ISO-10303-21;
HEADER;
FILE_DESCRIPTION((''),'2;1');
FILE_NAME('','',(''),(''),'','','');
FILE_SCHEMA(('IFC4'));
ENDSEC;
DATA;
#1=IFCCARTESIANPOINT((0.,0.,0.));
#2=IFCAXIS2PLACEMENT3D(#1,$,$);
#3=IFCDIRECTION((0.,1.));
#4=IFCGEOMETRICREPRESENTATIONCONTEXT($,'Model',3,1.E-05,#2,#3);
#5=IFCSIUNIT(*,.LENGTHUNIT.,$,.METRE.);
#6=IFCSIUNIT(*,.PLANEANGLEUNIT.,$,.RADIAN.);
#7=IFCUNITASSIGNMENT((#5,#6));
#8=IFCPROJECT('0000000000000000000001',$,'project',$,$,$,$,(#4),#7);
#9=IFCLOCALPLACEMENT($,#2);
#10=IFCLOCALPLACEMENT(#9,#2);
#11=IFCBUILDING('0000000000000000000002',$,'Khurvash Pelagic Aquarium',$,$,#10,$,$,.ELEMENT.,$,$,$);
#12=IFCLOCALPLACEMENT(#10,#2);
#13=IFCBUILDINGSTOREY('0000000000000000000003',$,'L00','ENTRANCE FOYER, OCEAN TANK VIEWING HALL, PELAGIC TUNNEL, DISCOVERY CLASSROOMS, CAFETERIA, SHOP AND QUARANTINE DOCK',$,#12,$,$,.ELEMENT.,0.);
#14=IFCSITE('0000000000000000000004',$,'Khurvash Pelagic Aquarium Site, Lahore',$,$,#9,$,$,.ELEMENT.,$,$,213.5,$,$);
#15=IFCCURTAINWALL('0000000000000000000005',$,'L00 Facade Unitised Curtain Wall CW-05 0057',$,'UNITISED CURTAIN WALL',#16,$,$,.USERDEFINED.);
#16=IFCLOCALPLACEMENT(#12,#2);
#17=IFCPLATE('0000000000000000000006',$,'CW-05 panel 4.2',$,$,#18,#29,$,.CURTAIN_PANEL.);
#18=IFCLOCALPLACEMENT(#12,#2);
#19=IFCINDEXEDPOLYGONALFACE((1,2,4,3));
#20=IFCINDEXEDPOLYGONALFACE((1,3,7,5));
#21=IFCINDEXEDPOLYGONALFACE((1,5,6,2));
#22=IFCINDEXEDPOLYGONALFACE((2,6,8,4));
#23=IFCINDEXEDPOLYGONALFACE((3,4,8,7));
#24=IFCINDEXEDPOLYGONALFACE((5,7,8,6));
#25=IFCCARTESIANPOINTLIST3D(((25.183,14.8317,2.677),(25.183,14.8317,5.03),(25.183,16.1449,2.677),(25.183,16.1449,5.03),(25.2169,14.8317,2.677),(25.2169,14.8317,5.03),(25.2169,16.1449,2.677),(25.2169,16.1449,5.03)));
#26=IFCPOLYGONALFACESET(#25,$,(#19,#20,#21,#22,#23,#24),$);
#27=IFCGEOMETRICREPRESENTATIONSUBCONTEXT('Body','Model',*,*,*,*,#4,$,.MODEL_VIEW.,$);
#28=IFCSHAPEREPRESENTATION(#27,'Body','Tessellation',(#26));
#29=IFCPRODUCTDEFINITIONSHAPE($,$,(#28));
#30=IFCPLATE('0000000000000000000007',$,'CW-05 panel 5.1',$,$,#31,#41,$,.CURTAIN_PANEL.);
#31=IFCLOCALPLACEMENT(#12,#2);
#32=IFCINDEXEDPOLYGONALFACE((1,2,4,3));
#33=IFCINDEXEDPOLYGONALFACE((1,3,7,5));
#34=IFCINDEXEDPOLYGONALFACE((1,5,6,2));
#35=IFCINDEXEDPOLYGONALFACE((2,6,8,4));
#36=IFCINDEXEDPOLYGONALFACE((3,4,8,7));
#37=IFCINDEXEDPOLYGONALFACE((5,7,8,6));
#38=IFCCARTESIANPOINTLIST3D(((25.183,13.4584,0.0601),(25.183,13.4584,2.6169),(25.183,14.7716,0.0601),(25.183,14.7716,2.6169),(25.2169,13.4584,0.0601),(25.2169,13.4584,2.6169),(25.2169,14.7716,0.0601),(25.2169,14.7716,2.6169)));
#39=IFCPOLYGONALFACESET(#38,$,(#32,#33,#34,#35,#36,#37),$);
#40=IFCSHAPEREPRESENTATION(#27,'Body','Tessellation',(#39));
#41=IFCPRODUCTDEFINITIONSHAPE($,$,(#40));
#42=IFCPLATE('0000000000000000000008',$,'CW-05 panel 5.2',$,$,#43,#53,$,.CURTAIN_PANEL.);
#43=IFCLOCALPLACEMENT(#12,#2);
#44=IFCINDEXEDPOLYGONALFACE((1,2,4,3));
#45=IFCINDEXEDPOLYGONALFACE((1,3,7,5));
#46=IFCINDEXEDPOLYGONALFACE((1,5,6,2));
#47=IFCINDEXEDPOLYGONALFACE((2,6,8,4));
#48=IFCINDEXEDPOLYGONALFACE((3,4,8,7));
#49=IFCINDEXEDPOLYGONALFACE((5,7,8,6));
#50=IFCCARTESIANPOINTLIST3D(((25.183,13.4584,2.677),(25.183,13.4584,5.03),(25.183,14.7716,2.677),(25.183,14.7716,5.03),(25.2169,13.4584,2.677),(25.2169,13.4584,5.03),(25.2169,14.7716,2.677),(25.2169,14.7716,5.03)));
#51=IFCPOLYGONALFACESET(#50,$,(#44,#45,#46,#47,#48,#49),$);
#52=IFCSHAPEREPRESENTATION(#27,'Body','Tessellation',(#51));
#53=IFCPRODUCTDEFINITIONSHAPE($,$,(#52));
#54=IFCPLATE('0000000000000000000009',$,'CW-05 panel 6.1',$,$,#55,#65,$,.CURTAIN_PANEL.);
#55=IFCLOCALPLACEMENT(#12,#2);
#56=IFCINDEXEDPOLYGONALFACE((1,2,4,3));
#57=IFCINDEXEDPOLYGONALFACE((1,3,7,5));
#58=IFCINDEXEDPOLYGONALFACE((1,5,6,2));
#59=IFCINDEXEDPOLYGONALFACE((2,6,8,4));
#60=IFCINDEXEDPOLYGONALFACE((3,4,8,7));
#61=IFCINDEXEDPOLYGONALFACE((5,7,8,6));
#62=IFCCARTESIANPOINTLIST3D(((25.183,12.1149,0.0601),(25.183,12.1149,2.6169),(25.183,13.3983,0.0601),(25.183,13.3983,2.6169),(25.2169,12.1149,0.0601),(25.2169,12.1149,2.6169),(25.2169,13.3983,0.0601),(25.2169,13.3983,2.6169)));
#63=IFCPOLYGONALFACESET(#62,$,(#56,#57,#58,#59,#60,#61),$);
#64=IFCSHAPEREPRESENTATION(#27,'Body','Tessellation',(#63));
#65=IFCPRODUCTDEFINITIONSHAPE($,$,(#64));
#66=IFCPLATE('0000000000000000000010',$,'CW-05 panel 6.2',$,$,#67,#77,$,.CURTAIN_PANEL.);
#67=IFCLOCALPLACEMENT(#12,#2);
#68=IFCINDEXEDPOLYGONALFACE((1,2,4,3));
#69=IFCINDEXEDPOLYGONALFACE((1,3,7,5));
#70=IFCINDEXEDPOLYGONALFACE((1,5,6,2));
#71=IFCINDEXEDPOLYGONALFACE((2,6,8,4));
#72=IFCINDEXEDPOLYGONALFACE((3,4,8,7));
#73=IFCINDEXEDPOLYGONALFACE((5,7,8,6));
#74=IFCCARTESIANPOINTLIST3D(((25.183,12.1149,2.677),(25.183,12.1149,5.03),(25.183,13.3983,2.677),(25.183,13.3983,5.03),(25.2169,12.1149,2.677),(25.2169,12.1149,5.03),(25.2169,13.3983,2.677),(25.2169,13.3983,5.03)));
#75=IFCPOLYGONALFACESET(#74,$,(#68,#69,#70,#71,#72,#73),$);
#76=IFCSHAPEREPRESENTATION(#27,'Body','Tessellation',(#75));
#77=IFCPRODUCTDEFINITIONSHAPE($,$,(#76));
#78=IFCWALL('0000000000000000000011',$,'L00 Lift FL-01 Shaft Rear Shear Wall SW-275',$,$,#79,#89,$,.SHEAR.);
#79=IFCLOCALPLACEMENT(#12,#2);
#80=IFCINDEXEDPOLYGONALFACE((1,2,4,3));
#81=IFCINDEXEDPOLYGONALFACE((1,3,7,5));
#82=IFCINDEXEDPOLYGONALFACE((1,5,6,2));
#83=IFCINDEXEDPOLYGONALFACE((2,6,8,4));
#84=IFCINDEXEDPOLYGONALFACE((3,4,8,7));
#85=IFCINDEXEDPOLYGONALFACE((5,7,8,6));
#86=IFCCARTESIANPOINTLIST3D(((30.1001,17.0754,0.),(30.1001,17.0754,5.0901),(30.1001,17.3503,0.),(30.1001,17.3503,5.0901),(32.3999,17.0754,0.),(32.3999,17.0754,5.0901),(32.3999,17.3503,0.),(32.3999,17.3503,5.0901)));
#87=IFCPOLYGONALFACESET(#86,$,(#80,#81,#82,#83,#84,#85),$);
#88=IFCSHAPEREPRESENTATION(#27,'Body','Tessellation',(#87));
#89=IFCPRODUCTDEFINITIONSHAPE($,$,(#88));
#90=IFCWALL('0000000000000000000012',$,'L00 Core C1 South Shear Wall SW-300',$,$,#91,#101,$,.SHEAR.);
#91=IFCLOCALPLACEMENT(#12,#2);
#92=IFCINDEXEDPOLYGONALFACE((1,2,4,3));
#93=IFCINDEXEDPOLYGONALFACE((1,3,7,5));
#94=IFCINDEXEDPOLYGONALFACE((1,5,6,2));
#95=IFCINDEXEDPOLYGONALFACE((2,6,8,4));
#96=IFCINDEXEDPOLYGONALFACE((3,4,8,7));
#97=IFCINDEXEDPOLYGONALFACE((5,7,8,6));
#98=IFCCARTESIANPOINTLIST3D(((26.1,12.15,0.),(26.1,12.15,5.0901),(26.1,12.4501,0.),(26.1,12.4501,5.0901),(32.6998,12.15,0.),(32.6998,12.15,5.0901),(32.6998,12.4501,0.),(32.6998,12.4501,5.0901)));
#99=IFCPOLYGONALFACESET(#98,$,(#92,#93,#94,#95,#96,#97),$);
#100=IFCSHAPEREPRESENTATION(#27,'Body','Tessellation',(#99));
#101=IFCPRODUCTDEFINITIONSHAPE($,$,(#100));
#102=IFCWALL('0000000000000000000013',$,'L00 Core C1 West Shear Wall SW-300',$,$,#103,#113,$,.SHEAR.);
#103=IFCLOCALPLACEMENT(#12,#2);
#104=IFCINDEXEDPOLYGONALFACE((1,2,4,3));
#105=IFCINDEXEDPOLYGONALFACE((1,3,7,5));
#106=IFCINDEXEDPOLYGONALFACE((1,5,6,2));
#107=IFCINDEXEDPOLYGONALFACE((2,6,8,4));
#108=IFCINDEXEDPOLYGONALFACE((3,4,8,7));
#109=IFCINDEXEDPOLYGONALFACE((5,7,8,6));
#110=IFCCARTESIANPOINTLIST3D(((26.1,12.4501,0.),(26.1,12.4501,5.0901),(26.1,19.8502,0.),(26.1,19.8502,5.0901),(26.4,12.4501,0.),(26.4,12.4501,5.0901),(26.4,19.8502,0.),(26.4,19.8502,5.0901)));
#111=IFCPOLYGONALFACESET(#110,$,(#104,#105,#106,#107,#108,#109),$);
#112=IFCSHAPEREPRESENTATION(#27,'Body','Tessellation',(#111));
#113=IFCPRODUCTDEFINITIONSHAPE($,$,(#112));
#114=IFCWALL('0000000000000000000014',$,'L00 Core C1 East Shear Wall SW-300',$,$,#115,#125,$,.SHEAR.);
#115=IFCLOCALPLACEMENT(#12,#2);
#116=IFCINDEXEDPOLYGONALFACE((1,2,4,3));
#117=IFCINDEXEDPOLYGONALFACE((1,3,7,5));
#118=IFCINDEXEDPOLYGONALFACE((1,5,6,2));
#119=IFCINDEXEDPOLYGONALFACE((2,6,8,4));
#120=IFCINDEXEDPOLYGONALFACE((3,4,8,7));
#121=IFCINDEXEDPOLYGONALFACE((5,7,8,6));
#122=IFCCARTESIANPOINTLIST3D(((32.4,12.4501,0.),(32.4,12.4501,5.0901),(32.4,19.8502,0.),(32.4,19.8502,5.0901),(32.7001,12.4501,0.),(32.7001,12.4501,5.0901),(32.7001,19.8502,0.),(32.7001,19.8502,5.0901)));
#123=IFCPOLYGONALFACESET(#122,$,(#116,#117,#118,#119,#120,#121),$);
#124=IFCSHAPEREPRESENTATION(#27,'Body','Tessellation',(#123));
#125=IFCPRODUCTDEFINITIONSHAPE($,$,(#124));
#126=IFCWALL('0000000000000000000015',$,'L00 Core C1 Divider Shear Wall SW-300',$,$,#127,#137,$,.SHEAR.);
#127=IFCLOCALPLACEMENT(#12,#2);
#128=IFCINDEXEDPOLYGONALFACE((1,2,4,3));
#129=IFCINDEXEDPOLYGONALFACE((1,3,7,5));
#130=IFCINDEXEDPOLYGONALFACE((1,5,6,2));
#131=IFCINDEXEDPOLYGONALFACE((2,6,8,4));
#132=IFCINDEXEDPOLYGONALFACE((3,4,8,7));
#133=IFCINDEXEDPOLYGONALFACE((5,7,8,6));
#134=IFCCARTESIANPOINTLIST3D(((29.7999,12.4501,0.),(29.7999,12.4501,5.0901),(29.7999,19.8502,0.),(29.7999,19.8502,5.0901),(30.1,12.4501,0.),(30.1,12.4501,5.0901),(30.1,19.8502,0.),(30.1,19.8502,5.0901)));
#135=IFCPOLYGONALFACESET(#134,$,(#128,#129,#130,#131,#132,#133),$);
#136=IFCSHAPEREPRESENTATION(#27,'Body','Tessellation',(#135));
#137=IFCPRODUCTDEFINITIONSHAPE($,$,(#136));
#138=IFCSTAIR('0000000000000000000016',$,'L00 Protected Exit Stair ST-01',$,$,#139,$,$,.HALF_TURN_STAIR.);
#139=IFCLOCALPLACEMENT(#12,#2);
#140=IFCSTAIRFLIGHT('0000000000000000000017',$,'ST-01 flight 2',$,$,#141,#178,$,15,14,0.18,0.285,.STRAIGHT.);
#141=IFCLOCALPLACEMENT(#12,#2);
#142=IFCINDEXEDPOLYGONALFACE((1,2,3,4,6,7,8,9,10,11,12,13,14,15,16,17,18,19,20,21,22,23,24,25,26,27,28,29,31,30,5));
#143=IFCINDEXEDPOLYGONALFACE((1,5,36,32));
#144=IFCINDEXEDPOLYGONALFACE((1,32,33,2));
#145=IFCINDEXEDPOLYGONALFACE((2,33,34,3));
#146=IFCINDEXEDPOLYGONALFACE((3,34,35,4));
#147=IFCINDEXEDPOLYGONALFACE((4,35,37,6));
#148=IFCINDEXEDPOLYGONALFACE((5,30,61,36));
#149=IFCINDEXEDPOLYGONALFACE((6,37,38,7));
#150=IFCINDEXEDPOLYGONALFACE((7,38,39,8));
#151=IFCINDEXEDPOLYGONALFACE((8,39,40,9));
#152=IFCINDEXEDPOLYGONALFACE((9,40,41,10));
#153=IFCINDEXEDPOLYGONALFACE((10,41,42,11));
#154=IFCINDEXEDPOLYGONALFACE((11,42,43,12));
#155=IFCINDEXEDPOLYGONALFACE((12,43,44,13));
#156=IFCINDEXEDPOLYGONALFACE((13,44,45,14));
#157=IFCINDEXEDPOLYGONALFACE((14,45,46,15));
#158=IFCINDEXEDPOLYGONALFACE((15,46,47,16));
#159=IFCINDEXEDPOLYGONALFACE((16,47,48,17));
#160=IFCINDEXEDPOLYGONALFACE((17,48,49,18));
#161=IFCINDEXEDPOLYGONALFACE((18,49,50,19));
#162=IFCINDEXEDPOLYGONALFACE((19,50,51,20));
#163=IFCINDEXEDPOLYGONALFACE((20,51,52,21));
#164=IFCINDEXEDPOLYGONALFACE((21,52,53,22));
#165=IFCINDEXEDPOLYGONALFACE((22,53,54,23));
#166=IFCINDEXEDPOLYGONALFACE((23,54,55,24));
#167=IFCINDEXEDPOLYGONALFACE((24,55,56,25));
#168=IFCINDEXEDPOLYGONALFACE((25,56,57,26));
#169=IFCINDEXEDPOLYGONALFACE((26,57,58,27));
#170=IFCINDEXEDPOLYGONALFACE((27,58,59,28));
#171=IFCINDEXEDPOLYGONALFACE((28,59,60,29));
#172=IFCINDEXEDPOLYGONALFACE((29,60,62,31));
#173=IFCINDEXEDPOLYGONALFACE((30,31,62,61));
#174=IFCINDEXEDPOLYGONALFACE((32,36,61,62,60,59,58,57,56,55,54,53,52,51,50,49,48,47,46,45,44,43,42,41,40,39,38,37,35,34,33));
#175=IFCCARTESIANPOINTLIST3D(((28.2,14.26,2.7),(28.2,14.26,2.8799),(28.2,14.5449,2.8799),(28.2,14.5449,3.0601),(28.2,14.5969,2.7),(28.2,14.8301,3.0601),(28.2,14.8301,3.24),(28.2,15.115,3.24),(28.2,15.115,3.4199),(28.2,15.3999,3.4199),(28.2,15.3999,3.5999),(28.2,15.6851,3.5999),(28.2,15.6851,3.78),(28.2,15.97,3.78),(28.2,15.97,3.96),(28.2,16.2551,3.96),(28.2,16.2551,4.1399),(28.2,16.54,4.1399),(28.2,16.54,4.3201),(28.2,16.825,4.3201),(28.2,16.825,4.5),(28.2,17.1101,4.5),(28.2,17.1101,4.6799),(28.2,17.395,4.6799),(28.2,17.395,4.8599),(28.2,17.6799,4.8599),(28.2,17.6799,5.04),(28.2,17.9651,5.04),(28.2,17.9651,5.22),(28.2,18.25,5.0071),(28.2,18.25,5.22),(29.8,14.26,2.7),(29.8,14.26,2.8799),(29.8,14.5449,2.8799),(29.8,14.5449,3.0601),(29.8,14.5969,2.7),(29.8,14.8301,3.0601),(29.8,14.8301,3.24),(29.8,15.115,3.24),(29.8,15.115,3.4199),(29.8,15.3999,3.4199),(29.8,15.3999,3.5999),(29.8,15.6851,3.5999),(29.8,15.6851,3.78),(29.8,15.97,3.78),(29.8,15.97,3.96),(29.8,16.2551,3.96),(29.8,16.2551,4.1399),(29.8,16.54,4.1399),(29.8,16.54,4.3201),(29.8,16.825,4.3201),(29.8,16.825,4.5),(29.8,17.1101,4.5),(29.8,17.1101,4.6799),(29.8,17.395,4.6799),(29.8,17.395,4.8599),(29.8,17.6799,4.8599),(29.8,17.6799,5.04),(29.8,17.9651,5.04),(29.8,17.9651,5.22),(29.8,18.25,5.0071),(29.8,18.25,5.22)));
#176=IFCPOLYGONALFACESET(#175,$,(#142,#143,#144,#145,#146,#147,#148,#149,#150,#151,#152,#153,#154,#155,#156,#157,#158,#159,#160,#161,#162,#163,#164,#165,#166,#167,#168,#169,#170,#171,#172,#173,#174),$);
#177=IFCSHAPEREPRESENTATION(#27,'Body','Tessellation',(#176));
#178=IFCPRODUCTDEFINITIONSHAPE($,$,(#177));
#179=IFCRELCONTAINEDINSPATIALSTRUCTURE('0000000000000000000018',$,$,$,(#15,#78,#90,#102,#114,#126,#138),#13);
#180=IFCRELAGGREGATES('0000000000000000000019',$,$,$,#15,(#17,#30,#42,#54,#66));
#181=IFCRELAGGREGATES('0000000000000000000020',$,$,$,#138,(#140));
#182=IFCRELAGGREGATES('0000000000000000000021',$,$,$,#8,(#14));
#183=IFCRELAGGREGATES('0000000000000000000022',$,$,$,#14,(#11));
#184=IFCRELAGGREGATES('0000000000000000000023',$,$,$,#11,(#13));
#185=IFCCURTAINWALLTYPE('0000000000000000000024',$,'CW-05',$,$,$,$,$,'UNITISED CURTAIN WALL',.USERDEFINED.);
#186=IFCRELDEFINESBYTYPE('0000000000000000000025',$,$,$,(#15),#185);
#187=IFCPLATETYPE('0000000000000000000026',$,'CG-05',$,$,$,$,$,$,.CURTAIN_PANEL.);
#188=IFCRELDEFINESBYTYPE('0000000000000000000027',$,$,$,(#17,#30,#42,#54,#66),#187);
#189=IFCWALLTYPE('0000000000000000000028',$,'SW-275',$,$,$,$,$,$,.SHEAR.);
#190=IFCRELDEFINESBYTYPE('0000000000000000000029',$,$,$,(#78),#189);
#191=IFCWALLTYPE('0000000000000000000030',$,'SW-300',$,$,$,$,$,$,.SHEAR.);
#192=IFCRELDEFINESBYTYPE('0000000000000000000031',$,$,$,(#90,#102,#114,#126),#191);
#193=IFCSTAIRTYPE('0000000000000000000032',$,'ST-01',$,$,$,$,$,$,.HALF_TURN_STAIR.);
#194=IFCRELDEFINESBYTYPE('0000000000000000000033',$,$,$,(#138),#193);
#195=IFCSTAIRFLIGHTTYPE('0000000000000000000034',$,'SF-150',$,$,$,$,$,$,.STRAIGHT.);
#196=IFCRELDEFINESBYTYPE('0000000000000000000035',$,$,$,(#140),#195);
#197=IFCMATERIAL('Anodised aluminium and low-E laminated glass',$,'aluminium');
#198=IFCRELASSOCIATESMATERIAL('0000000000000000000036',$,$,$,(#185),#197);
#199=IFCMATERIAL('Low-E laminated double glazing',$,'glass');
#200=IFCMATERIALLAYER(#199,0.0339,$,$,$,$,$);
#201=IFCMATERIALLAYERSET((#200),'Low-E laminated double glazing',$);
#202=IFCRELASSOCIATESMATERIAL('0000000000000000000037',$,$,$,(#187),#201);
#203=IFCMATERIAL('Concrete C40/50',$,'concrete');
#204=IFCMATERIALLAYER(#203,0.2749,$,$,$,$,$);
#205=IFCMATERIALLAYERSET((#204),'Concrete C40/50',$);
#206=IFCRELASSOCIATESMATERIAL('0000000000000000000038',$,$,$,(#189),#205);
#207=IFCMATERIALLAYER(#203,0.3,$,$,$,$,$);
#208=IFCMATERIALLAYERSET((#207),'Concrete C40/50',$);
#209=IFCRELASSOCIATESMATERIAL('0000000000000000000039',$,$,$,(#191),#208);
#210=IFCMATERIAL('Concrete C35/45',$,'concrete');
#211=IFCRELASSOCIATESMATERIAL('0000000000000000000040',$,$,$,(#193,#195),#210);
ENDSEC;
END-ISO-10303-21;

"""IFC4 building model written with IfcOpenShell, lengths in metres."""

from ifc_helpers import new_model, si_unit, direction, frame, frame_2d, origin, origin_2d, place, context, subcontext, project, spatial, polyline, rectangle, outline, extrude, material, layer, layer_set, type_object, element, aggregate, save


model = new_model("IFC4")

# Units and contexts
model_context = context("Model", 3, precision=1e-05, world=origin(), true_north=direction((0.0, 1.0)))
body_context = subcontext(model_context, "Body", "Model", "MODEL_VIEW")
ifc_project = project(units=[si_unit("LENGTHUNIT", "METRE"), si_unit("PLANEANGLEUNIT", "RADIAN")], contexts=[model_context])

# Site, building, storey
site_placement = place(None, origin())
site = spatial("IfcSite", under=ifc_project, at=site_placement, Name="Khurvash Pelagic Aquarium Site, Lahore", CompositionType="ELEMENT", RefElevation=213.5)
building_placement = place(site_placement, origin())
building = spatial("IfcBuilding", under=site, at=building_placement, Name="Khurvash Pelagic Aquarium", CompositionType="ELEMENT")
storey_placement = place(building_placement, origin())
storey = spatial("IfcBuildingStorey", under=building, at=storey_placement, Name="L00", Description="ENTRANCE FOYER, OCEAN TANK VIEWING HALL, PELAGIC TUNNEL, DISCOVERY CLASSROOMS, CAFETERIA, SHOP AND QUARANTINE DOCK", CompositionType="ELEMENT", Elevation=0.0)

# Shared definitions
ifc_material_1 = material(Name="Concrete C35/45", Category="concrete")

# Curtain wall, plates
ifc_material_2 = material(Name="Anodised aluminium and low-E laminated glass", Category="aluminium")
curtain_wall_type = type_object("IfcCurtainWallType", Name="CW-05", ElementType="UNITISED CURTAIN WALL", PredefinedType="USERDEFINED", material=ifc_material_2)
curtain_wall_placement = place(storey_placement, origin())
curtain_wall = element("IfcCurtainWall", 1, at=curtain_wall_placement, inside=storey, type_object=curtain_wall_type, Name="L00 Facade Unitised Curtain Wall CW-05 0057", ObjectType="UNITISED CURTAIN WALL", PredefinedType="USERDEFINED")
ifc_material_3 = material(Name="Low-E laminated double glazing", Category="glass")
ifc_layer_1 = layer(ifc_material_3, 0.0339)
ifc_layer_set_1 = layer_set([ifc_layer_1], Name="Low-E laminated double glazing")
plate_type = type_object("IfcPlateType", Name="CG-05", PredefinedType="CURTAIN_PANEL", material=ifc_layer_set_1)
plate_1_placement = place(storey_placement, frame((25.2, 15.4883, 2.677), z_axis=(0.0, 0.0, 1.0), x_axis=(0.0, -1.0, 0.0)))
plate_1 = element("IfcPlate", 2, at=plate_1_placement, type_object=plate_type, Name="CW-05 panel 4.2", PredefinedType="CURTAIN_PANEL", context=body_context, shape_type="SweptSolid", body=[
    extrude(rectangle(XDim=1.3132, YDim=0.0339, at=origin_2d()), origin(), (0.0, 0.0, 1.0), 2.353),
])
plate_2_placement = place(storey_placement, frame((25.2, 14.115, 0.0601), z_axis=(0.0, 0.0, 1.0), x_axis=(0.0, -1.0, 0.0)))
plate_2 = element("IfcPlate", 3, at=plate_2_placement, type_object=plate_type, Name="CW-05 panel 5.1", PredefinedType="CURTAIN_PANEL", context=body_context, shape_type="SweptSolid", body=[
    extrude(rectangle(XDim=1.3132, YDim=0.0339, at=origin_2d()), origin(), (0.0, 0.0, 1.0), 2.5569),
])
plate_3_placement = place(storey_placement, frame((25.2, 14.115, 2.677), z_axis=(0.0, 0.0, 1.0), x_axis=(0.0, -1.0, 0.0)))
plate_3 = element("IfcPlate", 4, at=plate_3_placement, type_object=plate_type, Name="CW-05 panel 5.2", PredefinedType="CURTAIN_PANEL", context=body_context, shape_type="SweptSolid", body=[
    extrude(rectangle(XDim=1.3132, YDim=0.0339, at=origin_2d()), origin(), (0.0, 0.0, 1.0), 2.353),
])
plate_4_placement = place(storey_placement, frame((25.2, 12.7566, 0.0601), z_axis=(0.0, 0.0, 1.0), x_axis=(0.0, -1.0, 0.0)))
plate_4 = element("IfcPlate", 5, at=plate_4_placement, type_object=plate_type, Name="CW-05 panel 6.1", PredefinedType="CURTAIN_PANEL", context=body_context, shape_type="SweptSolid", body=[
    extrude(rectangle(XDim=1.2834, YDim=0.0339, at=origin_2d()), origin(), (0.0, 0.0, 1.0), 2.5569),
])
plate_5_placement = place(storey_placement, frame((25.2, 12.7566, 2.677), z_axis=(0.0, 0.0, 1.0), x_axis=(0.0, -1.0, 0.0)))
plate_5 = element("IfcPlate", 6, at=plate_5_placement, type_object=plate_type, Name="CW-05 panel 6.2", PredefinedType="CURTAIN_PANEL", context=body_context, shape_type="SweptSolid", body=[
    extrude(rectangle(XDim=1.2834, YDim=0.0339, at=origin_2d()), origin(), (0.0, 0.0, 1.0), 2.353),
])
aggregate(curtain_wall, [plate_1, plate_2, plate_3, plate_4, plate_5])

# Walls
ifc_material_4 = material(Name="Concrete C40/50", Category="concrete")
ifc_layer_2 = layer(ifc_material_4, 0.2749)
ifc_layer_set_2 = layer_set([ifc_layer_2], Name="Concrete C40/50")
wall_type_1 = type_object("IfcWallType", Name="SW-275", PredefinedType="SHEAR", material=ifc_layer_set_2)
wall_1_placement = place(storey_placement, frame((30.1001, 17.2129, 0.0), z_axis=(0.0, 0.0, 1.0), x_axis=(1.0, 0.0, 0.0)))
element("IfcWall", 7, at=wall_1_placement, inside=storey, type_object=wall_type_1, Name="L00 Lift FL-01 Shaft Rear Shear Wall SW-275", PredefinedType="SHEAR", context=body_context, shape_type="SweptSolid", body=[
    extrude(rectangle(XDim=2.2998, YDim=0.2749, at=frame_2d((1.1499, 0.0))), origin(), (0.0, 0.0, 1.0), 5.0901),
])
ifc_layer_3 = layer(ifc_material_4, 0.3)
ifc_layer_set_3 = layer_set([ifc_layer_3], Name="Concrete C40/50")
wall_type_2 = type_object("IfcWallType", Name="SW-300", PredefinedType="SHEAR", material=ifc_layer_set_3)
wall_2_placement = place(storey_placement, frame((26.1001, 12.3, 0.0), z_axis=(0.0, 0.0, 1.0), x_axis=(1.0, 0.0, 0.0)))
element("IfcWall", 8, at=wall_2_placement, inside=storey, type_object=wall_type_2, Name="L00 Core C1 South Shear Wall SW-300", PredefinedType="SHEAR", context=body_context, shape_type="SweptSolid", body=[
    extrude(rectangle(XDim=6.5999, YDim=0.3, at=frame_2d((3.2998, 0.0))), origin(), (0.0, 0.0, 1.0), 5.0901),
])
for number, where, z_axis, x_axis, name in (
    (9, (26.25, 12.45, 0.0), (0.0, 0.0, 1.0), (0.0, 1.0, 0.0), "L00 Core C1 West Shear Wall SW-300"),
    (10, (32.55, 12.45, 0.0), (0.0, 0.0, 1.0), (0.0, 1.0, 0.0), "L00 Core C1 East Shear Wall SW-300"),
    (11, (29.95, 12.45, 0.0), (0.0, 0.0, 1.0), (0.0, 1.0, 0.0), "L00 Core C1 Divider Shear Wall SW-300"),
):
    element("IfcWall", number, at=place(storey_placement, frame(where, z_axis=z_axis, x_axis=x_axis)), inside=storey, type_object=wall_type_2, Name=name, PredefinedType="SHEAR", context=body_context, shape_type="SweptSolid", body=[
        extrude(rectangle(XDim=7.4001, YDim=0.3, at=frame_2d((3.7002, 0.0))), origin(), (0.0, 0.0, 1.0), 5.0901),
    ])

# Stair, stair flight
stair_type = type_object("IfcStairType", Name="ST-01", PredefinedType="HALF_TURN_STAIR", material=ifc_material_1)
stair_placement = place(storey_placement, origin())
stair = element("IfcStair", 12, at=stair_placement, inside=storey, type_object=stair_type, Name="L00 Protected Exit Stair ST-01", PredefinedType="HALF_TURN_STAIR")
stair_flight_type = type_object("IfcStairFlightType", Name="SF-150", PredefinedType="STRAIGHT", material=ifc_material_1)
stair_flight_placement = place(storey_placement, frame((29.0, 14.26, 2.7), z_axis=(0.0, 0.0, 1.0), x_axis=(0.0, 1.0, 0.0)))
stair_flight = element("IfcStairFlight", 13, at=stair_flight_placement, type_object=stair_flight_type, Name="ST-01 flight 2", NumberOfRisers=15, NumberOfTreads=14, PredefinedType="STRAIGHT", RiserHeight=0.18, TreadLength=0.285, context=body_context, shape_type="SweptSolid", body=[
    extrude(outline(polyline([(0.0, 0.0), (0.0, 0.1799), (0.2849, 0.1799), (0.2849, 0.3601), (0.5701, 0.3601), (0.5701, 0.54), (0.855, 0.54), (0.855, 0.72), (1.1399, 0.72), (1.1399, 0.8999), (1.425, 0.8999), (1.425, 1.0801), (1.71, 1.0801), (1.71, 1.26), (1.9951, 1.26), (1.9951, 1.4399), (2.28, 1.4399), (2.28, 1.6201), (2.5649, 1.6201), (2.5649, 1.8), (2.8501, 1.8), (2.8501, 1.98), (3.135, 1.98), (3.135, 2.1599), (3.4199, 2.1599), (3.4199, 2.3401), (3.7051, 2.3401), (3.7051, 2.52), (3.99, 2.52), (3.99, 2.7), (3.99, 2.3071), (0.3369, 0.0), (0.0, 0.0)])), frame((0.0, 0.8, 0.0), z_axis=(0.0, -1.0, 0.0), x_axis=(1.0, 0.0, 0.0)), (0.0, 0.0, 1.0), 1.6001),
])
aggregate(stair, [stair_flight])

save(model, "model.ifc")
